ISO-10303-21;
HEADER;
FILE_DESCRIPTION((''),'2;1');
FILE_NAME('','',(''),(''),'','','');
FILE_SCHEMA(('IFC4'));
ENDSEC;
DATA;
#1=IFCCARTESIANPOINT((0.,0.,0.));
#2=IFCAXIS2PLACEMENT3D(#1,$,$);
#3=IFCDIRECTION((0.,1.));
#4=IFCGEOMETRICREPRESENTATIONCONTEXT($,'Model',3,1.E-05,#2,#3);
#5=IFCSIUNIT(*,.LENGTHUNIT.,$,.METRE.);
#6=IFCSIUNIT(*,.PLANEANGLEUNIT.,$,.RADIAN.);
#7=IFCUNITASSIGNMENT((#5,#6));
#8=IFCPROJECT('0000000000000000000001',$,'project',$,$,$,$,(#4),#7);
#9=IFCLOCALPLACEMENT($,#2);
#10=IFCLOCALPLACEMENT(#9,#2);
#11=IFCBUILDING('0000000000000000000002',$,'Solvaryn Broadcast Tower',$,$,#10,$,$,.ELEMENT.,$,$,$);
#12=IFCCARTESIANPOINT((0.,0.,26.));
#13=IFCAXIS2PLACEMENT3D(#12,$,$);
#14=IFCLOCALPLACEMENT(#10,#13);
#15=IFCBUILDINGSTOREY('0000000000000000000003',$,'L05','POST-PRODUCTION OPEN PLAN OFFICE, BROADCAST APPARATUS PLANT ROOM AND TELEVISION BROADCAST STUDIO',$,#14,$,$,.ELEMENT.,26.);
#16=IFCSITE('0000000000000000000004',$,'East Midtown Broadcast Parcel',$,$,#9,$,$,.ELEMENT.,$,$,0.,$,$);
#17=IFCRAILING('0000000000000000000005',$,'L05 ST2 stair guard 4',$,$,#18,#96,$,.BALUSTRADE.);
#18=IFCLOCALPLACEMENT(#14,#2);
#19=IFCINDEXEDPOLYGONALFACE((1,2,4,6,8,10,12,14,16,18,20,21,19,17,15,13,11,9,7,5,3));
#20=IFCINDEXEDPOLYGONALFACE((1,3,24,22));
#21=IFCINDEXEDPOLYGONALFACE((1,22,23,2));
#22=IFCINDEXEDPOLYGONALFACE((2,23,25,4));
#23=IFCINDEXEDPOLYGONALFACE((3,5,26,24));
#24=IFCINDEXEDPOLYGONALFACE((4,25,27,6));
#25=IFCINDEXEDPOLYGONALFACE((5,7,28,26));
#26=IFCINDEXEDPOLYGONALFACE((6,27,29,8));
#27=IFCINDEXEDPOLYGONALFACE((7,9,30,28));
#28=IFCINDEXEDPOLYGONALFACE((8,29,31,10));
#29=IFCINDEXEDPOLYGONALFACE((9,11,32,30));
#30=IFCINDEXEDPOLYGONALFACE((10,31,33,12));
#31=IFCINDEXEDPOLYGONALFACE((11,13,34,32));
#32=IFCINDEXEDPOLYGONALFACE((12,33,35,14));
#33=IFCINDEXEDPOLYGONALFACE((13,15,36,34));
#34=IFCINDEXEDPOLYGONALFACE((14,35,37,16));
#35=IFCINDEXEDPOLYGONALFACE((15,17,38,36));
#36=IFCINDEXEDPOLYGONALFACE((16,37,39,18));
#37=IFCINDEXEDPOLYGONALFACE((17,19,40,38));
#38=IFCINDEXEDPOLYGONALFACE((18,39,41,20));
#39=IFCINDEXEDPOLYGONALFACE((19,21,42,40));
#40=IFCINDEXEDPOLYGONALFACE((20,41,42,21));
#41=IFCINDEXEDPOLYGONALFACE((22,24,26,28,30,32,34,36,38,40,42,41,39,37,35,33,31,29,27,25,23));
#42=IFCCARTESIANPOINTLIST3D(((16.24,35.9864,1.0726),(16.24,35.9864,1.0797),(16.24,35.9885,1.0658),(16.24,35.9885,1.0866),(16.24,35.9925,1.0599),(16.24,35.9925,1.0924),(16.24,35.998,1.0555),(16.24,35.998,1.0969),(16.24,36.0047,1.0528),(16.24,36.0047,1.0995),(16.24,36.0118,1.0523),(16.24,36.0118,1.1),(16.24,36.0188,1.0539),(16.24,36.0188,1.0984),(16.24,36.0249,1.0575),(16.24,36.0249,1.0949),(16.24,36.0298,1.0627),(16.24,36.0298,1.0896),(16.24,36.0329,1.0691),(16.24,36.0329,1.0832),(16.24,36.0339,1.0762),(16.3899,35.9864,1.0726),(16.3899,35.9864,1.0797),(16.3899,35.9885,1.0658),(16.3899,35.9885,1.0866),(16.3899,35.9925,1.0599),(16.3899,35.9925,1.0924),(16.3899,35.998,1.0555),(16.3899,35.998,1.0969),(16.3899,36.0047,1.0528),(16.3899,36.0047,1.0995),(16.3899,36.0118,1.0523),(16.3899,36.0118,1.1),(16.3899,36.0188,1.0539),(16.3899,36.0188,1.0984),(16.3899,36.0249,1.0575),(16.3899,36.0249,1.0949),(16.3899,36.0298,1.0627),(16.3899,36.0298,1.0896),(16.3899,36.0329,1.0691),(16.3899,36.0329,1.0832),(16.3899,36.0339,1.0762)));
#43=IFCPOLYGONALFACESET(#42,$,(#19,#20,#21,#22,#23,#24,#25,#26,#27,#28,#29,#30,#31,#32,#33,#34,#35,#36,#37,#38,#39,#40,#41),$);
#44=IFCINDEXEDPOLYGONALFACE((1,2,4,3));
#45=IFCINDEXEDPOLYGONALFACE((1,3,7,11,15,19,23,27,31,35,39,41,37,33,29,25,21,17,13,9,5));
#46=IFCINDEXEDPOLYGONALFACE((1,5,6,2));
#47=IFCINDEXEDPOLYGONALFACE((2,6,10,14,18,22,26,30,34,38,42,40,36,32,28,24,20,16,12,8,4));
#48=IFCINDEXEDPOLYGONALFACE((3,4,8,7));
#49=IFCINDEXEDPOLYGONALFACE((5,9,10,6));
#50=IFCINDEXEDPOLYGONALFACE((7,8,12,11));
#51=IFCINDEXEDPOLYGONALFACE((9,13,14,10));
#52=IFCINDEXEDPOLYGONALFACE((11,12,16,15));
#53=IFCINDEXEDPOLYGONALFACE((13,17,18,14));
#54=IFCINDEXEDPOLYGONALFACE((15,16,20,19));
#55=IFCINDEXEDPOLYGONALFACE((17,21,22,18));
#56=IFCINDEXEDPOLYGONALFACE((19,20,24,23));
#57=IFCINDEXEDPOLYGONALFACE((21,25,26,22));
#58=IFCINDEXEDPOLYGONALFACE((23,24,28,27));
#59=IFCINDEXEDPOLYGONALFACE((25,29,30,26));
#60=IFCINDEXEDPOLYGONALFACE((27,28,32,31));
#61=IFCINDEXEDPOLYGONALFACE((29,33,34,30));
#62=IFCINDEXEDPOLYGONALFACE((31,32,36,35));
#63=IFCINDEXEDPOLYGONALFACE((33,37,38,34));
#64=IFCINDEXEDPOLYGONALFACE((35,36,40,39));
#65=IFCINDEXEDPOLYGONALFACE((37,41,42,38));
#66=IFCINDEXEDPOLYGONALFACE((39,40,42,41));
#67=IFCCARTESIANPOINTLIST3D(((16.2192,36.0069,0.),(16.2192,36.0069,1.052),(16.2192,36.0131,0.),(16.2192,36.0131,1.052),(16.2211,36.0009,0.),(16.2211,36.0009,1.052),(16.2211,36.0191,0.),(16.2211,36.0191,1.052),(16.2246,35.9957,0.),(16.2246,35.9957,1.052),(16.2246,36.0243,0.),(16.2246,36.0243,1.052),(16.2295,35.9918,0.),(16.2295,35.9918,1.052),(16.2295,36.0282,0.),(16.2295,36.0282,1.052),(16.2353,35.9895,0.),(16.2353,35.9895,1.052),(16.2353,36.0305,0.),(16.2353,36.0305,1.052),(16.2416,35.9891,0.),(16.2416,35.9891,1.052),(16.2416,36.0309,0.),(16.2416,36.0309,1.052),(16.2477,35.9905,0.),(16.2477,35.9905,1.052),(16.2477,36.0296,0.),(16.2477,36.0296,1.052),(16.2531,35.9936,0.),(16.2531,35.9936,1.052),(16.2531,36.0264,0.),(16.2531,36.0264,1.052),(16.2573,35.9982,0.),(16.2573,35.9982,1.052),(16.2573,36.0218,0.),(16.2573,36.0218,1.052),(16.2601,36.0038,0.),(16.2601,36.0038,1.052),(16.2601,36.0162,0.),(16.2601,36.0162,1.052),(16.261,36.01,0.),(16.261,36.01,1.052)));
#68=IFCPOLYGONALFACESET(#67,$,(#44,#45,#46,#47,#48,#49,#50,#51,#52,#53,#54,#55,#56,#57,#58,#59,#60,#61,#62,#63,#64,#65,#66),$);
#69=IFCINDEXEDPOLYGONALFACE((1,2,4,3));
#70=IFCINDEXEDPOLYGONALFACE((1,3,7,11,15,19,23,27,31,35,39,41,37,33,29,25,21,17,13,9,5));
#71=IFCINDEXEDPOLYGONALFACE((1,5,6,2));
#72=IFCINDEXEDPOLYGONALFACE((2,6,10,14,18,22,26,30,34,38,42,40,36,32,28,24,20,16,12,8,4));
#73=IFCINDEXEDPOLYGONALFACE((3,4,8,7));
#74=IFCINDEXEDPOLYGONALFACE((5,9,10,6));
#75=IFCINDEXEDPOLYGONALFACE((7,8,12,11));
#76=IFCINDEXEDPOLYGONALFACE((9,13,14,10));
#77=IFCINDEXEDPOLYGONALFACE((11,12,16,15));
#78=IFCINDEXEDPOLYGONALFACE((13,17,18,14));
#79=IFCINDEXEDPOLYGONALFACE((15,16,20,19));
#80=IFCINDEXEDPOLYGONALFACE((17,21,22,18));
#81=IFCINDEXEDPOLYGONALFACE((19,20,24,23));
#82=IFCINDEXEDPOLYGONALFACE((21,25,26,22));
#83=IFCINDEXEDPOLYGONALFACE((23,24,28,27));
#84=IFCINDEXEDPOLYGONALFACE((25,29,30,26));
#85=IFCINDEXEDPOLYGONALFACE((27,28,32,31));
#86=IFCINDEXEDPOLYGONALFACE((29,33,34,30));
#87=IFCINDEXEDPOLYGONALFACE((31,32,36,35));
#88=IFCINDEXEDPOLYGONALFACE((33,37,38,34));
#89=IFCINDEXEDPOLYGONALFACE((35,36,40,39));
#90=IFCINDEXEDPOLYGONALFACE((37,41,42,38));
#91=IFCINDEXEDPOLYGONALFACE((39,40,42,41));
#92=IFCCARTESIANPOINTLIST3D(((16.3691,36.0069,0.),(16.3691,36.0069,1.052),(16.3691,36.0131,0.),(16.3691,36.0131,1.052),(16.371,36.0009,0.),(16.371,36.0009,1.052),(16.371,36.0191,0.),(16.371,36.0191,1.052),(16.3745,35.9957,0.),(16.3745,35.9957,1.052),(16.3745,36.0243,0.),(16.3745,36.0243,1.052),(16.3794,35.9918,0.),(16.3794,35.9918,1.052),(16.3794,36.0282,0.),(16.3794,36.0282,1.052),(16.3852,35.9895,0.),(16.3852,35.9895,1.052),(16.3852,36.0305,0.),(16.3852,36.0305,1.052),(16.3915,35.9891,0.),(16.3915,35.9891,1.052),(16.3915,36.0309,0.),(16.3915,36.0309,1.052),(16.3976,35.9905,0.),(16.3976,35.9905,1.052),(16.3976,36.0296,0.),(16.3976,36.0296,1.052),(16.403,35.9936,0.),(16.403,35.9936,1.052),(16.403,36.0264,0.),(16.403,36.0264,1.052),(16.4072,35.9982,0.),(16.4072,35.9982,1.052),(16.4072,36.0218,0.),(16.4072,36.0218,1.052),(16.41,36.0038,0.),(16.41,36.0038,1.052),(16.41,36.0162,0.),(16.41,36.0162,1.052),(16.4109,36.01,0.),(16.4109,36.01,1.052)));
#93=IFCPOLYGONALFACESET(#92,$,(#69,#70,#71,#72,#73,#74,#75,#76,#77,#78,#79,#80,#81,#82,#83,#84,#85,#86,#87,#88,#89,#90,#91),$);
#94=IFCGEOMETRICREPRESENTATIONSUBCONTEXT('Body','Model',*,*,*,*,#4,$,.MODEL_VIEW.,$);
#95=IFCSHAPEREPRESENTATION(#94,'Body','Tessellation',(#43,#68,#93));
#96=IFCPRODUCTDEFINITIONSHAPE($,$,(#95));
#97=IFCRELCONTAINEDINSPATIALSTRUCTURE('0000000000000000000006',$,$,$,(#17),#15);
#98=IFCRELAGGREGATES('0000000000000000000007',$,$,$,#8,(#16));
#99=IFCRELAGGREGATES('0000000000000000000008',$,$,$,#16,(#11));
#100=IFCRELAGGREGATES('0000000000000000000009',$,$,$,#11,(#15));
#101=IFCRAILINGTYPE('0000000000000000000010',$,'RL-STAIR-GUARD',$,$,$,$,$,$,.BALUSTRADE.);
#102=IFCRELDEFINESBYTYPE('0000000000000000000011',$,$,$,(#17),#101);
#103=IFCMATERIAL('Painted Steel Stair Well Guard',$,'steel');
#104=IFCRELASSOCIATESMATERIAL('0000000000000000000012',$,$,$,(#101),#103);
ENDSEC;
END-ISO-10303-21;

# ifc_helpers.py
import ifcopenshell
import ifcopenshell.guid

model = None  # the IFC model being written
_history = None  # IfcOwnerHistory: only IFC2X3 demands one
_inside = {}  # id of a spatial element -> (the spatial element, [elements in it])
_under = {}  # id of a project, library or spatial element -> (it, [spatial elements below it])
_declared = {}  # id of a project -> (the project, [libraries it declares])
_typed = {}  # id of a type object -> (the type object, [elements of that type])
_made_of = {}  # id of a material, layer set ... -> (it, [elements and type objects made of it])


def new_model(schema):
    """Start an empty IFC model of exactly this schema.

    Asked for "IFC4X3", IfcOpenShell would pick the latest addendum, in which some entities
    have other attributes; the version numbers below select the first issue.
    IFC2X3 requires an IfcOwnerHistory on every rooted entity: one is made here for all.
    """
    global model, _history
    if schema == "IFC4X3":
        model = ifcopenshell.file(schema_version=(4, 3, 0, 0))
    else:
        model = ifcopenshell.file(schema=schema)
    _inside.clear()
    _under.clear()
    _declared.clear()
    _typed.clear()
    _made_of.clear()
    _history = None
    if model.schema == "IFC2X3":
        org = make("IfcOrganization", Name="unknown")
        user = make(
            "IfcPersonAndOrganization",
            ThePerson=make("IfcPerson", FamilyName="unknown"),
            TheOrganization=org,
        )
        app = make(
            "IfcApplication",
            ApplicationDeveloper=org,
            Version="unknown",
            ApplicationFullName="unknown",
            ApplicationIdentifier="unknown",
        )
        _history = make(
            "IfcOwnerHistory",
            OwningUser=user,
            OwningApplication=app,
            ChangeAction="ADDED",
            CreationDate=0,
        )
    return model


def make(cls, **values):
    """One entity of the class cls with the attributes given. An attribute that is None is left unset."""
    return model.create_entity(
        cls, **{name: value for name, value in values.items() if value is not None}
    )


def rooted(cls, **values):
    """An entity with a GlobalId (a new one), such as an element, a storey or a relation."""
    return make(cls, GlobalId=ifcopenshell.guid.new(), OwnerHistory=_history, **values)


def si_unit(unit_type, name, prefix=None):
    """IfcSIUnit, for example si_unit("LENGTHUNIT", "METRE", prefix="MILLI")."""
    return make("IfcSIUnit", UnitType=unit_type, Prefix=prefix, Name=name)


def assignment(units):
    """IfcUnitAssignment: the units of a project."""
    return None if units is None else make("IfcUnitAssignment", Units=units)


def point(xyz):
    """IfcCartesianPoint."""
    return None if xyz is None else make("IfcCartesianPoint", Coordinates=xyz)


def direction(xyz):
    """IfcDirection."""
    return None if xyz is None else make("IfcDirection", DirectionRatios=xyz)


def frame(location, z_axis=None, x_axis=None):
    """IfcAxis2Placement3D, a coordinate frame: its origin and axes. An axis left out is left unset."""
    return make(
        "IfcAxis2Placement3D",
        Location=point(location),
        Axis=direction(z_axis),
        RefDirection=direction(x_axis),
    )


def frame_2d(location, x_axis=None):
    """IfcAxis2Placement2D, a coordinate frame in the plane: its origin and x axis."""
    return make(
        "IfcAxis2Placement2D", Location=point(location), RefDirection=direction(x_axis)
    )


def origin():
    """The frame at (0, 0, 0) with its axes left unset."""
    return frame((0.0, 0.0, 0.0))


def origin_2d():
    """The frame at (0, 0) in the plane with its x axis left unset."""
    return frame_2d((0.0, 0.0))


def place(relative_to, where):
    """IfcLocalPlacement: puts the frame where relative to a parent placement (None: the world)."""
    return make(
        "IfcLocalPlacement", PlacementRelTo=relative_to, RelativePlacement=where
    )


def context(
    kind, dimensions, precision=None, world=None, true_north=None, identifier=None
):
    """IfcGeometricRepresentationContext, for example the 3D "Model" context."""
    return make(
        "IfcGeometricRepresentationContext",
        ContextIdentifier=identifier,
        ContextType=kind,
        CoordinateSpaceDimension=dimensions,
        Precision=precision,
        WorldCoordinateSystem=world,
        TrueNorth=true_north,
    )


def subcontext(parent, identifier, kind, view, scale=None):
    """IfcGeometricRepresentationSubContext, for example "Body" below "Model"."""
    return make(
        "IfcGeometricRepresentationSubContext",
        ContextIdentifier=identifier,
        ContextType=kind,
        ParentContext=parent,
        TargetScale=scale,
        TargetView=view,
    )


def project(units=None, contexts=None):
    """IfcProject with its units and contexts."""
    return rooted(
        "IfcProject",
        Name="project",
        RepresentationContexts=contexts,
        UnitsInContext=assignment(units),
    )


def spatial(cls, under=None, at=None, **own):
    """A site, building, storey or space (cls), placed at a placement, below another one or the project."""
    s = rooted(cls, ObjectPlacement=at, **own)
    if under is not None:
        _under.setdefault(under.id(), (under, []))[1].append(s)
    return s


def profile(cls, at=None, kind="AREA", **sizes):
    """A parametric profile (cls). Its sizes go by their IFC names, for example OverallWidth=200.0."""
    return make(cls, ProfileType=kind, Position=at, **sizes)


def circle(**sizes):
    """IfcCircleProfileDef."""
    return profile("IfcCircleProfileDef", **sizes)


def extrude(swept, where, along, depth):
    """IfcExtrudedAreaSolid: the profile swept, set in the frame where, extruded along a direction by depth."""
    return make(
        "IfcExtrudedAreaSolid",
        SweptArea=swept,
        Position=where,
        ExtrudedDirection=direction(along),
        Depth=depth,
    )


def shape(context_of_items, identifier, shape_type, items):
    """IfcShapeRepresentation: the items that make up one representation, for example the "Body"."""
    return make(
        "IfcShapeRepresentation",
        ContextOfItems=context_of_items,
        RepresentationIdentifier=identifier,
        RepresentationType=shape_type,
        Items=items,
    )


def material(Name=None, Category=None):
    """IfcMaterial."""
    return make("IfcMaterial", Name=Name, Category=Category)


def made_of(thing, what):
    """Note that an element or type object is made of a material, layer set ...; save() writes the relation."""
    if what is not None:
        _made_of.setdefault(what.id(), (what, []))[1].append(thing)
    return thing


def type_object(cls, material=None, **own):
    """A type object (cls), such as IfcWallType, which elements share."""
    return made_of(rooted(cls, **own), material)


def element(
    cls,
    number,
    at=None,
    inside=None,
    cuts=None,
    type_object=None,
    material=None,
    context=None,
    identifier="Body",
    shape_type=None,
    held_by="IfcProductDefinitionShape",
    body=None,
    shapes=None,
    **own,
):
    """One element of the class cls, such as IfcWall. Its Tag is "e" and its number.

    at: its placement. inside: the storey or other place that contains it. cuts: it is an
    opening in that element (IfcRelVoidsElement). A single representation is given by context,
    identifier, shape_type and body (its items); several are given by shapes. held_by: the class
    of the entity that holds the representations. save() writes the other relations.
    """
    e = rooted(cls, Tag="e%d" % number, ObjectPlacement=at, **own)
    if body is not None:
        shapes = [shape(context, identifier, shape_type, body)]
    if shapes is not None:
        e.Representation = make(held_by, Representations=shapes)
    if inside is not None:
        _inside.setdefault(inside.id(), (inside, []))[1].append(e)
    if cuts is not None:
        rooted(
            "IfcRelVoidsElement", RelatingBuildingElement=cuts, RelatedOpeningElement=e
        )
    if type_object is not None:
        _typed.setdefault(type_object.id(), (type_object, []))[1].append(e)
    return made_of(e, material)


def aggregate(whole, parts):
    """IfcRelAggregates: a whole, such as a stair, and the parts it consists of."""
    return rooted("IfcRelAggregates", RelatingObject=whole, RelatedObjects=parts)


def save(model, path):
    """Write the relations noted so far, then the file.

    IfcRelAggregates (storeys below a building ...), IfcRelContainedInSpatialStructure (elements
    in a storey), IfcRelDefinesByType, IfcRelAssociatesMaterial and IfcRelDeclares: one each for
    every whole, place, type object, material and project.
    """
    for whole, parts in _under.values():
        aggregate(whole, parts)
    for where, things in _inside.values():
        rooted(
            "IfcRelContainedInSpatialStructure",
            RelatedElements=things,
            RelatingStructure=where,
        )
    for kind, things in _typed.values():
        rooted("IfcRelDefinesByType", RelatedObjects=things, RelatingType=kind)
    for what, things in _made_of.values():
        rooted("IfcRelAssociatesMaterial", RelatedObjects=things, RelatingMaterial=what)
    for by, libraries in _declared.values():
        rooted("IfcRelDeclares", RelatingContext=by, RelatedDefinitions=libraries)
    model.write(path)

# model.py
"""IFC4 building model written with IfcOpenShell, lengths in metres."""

from ifc_helpers import new_model, si_unit, direction, frame, origin, origin_2d, place, context, subcontext, project, spatial, circle, extrude, material, type_object, element, save


model = new_model("IFC4")

# Units and contexts
model_context = context("Model", 3, precision=1e-05, world=origin(), true_north=direction((0.0, 1.0)))
body_context = subcontext(model_context, "Body", "Model", "MODEL_VIEW")
ifc_project = project(units=[si_unit("LENGTHUNIT", "METRE"), si_unit("PLANEANGLEUNIT", "RADIAN")], contexts=[model_context])

# Site, building, storey
site_placement = place(None, origin())
site = spatial("IfcSite", under=ifc_project, at=site_placement, Name="East Midtown Broadcast Parcel", CompositionType="ELEMENT", RefElevation=0.0)
building_placement = place(site_placement, origin())
building = spatial("IfcBuilding", under=site, at=building_placement, Name="Solvaryn Broadcast Tower", CompositionType="ELEMENT")
storey_placement = place(building_placement, frame((0.0, 0.0, 26.0)))
storey = spatial("IfcBuildingStorey", under=building, at=storey_placement, Name="L05", Description="POST-PRODUCTION OPEN PLAN OFFICE, BROADCAST APPARATUS PLANT ROOM AND TELEVISION BROADCAST STUDIO", CompositionType="ELEMENT", Elevation=26.0)

# Railing
ifc_material_1 = material(Name="Painted Steel Stair Well Guard", Category="steel")
railing_type = type_object("IfcRailingType", Name="RL-STAIR-GUARD", PredefinedType="BALUSTRADE", material=ifc_material_1)
railing_1_placement = place(storey_placement, frame((16.24, 36.01, 0.0)))
element("IfcRailing", 1, at=railing_1_placement, inside=storey, type_object=railing_type, Name="L05 ST2 stair guard 4", PredefinedType="BALUSTRADE", context=body_context, shape_type="SweptSolid", body=[
    extrude(circle(Radius=0.0239, at=origin_2d()), frame((0.0, 0.0, 1.0762), z_axis=(1.0, 0.0, 0.0), x_axis=(0.0, 1.0, 0.0)), (0.0, 0.0, 1.0), 0.1499),
    extrude(circle(Radius=0.021, at=origin_2d()), origin(), (0.0, 0.0, 1.0), 1.052),
    extrude(circle(Radius=0.021, at=origin_2d()), frame((0.1499, 0.0, 0.0)), (0.0, 0.0, 1.0), 1.052),
])

save(model, "model.ifc")
